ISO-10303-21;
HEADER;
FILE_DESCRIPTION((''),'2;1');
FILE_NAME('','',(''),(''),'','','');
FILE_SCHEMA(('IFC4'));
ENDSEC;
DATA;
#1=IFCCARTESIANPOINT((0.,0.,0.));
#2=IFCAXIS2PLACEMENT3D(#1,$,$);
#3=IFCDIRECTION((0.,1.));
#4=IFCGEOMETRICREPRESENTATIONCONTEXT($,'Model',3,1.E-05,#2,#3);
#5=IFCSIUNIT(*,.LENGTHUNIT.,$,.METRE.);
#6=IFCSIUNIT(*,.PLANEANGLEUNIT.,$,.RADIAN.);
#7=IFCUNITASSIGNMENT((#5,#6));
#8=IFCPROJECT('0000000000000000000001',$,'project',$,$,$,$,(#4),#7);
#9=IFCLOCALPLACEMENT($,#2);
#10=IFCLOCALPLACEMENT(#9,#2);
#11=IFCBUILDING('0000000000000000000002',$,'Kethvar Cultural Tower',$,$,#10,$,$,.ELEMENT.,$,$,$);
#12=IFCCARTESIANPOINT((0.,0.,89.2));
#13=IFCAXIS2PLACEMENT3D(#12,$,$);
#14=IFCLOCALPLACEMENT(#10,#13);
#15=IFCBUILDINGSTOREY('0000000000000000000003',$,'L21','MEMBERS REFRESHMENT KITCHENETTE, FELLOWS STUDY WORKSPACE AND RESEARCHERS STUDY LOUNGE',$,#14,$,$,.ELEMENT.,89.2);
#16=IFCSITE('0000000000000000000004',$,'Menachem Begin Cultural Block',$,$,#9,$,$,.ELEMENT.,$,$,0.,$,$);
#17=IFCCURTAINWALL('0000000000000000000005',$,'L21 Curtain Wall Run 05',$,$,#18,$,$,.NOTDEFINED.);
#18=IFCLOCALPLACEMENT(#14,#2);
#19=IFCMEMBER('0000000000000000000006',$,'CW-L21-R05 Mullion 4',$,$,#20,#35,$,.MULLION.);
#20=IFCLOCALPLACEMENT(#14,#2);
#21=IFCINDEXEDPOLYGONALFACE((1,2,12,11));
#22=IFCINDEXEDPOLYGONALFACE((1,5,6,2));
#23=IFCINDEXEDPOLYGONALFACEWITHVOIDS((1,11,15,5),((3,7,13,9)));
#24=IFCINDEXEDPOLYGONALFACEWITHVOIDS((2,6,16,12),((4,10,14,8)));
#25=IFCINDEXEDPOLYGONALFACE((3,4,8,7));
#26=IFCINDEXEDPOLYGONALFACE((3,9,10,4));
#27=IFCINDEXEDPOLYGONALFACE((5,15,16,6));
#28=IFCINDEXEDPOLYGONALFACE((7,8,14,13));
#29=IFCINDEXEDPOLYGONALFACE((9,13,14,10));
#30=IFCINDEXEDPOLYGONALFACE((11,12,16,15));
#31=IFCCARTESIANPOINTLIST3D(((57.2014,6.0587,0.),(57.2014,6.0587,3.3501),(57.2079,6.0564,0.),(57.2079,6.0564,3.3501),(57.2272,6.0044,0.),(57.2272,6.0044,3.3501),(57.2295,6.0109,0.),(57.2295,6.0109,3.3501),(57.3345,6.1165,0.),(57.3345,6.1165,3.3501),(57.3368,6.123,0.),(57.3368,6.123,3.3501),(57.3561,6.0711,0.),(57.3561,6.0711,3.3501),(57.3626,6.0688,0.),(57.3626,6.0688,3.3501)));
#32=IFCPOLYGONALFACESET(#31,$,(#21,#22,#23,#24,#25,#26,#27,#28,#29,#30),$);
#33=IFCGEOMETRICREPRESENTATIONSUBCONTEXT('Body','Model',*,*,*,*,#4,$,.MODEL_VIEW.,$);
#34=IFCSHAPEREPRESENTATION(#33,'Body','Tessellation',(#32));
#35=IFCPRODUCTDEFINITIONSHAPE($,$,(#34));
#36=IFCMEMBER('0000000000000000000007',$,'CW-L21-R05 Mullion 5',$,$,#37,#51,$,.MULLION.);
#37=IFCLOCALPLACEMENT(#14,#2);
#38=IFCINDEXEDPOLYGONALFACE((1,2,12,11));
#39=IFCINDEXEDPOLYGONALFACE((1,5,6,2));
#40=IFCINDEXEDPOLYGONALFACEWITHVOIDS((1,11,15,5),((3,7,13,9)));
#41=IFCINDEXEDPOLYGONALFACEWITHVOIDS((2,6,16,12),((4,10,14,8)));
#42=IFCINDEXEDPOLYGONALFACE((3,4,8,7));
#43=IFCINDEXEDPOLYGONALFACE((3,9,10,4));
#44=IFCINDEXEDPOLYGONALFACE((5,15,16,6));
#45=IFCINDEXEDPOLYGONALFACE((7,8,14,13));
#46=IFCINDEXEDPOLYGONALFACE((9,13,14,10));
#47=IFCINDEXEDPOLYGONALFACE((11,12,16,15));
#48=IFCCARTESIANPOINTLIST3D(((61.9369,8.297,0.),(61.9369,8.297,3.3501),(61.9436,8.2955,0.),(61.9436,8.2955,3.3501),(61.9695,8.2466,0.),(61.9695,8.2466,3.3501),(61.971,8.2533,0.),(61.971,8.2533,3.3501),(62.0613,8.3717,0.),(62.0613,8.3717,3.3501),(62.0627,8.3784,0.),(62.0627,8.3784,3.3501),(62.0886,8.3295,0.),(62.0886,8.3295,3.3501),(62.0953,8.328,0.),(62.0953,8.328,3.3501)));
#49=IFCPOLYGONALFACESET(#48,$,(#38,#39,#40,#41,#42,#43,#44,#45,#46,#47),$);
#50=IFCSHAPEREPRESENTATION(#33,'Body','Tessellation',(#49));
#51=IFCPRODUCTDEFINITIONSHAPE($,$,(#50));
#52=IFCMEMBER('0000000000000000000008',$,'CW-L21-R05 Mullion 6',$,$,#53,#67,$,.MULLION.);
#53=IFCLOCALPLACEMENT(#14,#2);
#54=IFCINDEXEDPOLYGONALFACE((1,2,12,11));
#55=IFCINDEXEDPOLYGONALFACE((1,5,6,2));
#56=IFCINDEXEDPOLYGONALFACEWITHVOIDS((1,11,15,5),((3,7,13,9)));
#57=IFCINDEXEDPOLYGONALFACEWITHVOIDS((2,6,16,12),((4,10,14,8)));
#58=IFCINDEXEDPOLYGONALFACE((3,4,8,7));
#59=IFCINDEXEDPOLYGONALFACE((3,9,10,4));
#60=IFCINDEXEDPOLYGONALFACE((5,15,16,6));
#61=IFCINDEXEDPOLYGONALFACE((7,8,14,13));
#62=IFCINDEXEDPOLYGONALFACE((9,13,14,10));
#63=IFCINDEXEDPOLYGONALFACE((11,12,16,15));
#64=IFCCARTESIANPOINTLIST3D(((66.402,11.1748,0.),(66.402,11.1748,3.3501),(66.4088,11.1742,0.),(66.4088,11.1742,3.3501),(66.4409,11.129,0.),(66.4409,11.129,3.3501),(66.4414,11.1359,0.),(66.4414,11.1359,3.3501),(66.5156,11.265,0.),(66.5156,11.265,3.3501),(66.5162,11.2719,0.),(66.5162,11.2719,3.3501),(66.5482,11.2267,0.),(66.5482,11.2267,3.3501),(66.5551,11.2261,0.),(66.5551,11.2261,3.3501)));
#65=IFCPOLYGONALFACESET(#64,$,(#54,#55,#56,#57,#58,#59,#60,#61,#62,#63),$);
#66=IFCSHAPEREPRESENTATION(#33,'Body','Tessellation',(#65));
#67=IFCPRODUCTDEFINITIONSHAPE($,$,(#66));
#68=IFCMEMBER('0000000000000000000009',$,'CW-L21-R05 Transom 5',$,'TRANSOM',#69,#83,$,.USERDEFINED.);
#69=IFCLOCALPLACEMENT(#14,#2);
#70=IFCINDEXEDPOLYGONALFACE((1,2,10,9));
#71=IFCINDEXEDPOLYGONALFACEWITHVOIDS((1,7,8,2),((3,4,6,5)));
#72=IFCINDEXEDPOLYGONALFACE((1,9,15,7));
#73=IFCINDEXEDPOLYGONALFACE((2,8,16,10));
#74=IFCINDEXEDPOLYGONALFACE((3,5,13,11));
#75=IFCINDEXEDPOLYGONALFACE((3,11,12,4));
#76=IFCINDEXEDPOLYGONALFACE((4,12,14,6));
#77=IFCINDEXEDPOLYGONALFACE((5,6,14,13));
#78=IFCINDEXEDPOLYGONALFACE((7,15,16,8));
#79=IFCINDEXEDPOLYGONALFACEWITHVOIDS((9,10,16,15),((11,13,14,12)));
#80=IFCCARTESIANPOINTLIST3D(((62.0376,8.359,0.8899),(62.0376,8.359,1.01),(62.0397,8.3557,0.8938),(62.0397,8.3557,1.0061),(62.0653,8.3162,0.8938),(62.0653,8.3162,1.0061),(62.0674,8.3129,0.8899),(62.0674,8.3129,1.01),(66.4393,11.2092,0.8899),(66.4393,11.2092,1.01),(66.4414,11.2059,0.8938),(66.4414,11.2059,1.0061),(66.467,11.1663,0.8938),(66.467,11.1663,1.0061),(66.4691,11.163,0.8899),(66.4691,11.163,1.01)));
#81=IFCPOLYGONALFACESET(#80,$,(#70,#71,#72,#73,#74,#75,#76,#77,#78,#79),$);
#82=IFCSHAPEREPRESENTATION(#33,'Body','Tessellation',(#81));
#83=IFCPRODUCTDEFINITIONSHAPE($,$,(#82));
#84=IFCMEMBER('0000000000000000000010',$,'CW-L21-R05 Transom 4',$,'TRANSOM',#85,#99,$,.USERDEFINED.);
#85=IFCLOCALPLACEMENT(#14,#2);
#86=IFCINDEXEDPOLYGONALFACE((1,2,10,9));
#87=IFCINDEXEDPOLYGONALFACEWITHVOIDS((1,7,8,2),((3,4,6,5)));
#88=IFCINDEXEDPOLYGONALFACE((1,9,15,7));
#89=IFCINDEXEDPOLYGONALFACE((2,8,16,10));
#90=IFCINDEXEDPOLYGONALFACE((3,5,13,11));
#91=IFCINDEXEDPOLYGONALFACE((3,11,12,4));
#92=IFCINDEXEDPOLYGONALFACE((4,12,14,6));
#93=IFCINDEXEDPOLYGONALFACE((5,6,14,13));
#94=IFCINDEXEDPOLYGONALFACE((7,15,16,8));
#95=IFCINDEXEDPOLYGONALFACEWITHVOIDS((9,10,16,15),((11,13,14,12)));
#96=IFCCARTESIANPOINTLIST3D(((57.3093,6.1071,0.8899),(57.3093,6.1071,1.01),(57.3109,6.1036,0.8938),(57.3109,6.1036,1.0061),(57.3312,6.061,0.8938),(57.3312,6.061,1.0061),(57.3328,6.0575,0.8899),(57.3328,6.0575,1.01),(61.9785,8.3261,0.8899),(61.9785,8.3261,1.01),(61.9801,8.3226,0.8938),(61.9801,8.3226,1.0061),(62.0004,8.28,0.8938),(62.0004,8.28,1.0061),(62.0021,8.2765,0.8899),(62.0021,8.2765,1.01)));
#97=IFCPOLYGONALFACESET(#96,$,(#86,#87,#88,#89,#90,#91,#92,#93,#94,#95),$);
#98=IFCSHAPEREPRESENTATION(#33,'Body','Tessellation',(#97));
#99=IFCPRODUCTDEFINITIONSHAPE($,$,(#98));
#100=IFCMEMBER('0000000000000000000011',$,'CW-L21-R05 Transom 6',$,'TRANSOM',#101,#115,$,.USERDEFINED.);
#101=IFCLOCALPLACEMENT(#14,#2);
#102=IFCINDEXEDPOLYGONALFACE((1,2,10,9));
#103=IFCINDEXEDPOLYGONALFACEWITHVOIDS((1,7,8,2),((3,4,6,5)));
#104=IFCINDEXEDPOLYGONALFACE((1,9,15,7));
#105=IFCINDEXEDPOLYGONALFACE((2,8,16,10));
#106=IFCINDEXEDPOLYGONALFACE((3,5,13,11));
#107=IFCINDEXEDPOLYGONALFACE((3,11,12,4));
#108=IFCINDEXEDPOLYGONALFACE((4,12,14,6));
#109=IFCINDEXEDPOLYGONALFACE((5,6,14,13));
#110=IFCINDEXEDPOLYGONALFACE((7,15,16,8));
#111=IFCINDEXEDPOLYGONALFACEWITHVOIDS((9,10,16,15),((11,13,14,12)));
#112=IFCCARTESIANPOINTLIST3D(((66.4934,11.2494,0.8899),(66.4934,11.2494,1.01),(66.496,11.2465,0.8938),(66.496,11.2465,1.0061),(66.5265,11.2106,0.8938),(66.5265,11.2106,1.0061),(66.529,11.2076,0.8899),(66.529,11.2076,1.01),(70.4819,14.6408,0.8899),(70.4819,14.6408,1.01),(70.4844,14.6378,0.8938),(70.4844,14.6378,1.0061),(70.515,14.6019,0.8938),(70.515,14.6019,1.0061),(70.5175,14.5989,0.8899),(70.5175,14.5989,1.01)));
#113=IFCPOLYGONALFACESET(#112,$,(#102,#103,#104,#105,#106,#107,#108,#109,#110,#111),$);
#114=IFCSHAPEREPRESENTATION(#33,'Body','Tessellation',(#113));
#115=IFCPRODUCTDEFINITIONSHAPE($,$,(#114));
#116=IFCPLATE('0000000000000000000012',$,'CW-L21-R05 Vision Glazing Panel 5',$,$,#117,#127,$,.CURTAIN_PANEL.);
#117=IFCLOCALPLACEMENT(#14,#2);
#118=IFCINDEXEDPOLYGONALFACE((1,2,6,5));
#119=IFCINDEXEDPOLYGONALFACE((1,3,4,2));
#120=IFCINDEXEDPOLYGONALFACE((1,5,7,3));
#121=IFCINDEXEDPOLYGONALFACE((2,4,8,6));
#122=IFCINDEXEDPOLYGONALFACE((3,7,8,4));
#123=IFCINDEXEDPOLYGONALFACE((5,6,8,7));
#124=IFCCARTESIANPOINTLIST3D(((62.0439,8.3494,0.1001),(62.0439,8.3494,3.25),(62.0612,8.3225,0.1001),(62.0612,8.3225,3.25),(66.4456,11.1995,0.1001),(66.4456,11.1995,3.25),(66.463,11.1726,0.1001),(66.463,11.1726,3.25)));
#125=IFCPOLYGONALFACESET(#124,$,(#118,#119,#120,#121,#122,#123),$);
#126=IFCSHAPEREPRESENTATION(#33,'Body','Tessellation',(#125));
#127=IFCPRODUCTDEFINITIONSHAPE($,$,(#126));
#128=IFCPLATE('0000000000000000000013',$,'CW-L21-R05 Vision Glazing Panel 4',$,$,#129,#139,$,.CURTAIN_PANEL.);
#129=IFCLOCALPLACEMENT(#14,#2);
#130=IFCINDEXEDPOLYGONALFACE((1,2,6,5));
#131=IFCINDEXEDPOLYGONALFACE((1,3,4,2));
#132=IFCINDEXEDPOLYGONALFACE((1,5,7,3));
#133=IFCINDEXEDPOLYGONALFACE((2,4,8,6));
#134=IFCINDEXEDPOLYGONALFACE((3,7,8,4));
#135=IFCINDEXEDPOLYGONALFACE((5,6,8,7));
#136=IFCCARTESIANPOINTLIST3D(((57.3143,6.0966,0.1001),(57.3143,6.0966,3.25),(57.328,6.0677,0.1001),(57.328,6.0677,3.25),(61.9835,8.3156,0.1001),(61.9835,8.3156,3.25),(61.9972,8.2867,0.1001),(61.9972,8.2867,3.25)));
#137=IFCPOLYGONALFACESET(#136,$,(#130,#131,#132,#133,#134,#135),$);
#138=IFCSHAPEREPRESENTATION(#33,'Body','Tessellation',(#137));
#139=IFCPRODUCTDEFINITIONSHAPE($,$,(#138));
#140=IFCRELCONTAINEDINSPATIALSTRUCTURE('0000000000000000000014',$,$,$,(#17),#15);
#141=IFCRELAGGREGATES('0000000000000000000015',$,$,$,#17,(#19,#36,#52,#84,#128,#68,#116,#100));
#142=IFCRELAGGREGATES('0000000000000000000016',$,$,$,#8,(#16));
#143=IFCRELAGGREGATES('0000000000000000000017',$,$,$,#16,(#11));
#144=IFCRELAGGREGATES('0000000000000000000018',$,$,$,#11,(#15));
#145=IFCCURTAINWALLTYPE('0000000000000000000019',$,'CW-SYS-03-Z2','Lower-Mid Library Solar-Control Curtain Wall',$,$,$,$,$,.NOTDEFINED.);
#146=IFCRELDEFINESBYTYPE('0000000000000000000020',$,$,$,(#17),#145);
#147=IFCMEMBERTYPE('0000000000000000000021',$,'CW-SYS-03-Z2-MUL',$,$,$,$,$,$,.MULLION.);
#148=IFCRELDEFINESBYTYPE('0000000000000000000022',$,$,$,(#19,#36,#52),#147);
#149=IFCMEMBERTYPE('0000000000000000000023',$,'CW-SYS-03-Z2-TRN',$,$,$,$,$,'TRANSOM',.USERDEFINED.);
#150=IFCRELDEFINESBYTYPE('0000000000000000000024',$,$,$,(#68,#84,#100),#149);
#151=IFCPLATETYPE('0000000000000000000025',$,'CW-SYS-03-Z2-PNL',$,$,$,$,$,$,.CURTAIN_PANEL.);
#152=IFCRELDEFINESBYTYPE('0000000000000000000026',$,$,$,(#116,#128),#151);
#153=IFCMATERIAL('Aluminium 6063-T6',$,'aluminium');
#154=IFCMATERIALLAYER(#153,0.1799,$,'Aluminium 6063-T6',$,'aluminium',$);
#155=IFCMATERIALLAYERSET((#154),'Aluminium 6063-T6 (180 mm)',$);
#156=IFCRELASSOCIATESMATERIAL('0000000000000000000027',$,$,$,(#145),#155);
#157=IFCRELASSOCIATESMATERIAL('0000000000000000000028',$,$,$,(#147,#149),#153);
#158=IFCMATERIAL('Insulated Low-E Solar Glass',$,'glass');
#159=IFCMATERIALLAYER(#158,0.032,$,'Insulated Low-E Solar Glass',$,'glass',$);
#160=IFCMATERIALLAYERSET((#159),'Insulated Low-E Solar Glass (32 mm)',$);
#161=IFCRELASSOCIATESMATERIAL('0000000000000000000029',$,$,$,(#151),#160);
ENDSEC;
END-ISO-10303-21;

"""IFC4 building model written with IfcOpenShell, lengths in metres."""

from ifc_helpers import new_model, si_unit, direction, frame, origin, origin_2d, place, context, subcontext, project, spatial, rectangle, hollow_rectangle, extrude, source, transform, mapped, material, layer, layer_set, material_profile, profile_set, type_object, element, aggregate, save


model = new_model("IFC4")

# Units and contexts
model_context = context("Model", 3, precision=1e-05, world=origin(), true_north=direction((0.0, 1.0)))
body_context = subcontext(model_context, "Body", "Model", "MODEL_VIEW")
ifc_project = project(units=[si_unit("LENGTHUNIT", "METRE"), si_unit("PLANEANGLEUNIT", "RADIAN")], contexts=[model_context])

# Site, building, storey
site_placement = place(None, origin())
site = spatial("IfcSite", under=ifc_project, at=site_placement, Name="Menachem Begin Cultural Block", CompositionType="ELEMENT", RefElevation=0.0)
building_placement = place(site_placement, origin())
building = spatial("IfcBuilding", under=site, at=building_placement, Name="Kethvar Cultural Tower", CompositionType="ELEMENT")
storey_placement = place(building_placement, frame((0.0, 0.0, 89.2)))
storey = spatial("IfcBuildingStorey", under=building, at=storey_placement, Name="L21", Description="MEMBERS REFRESHMENT KITCHENETTE, FELLOWS STUDY WORKSPACE AND RESEARCHERS STUDY LOUNGE", CompositionType="ELEMENT", Elevation=89.2)

# Curtain wall, members, plates
ifc_material_1 = material(Name="Aluminium 6063-T6", Category="aluminium")
ifc_layer_1 = layer(ifc_material_1, 0.1799, Name="Aluminium 6063-T6", Category="aluminium")
ifc_layer_set_1 = layer_set([ifc_layer_1], Name="Aluminium 6063-T6 (180 mm)")
curtain_wall_type = type_object("IfcCurtainWallType", Name="CW-SYS-03-Z2", Description="Lower-Mid Library Solar-Control Curtain Wall", PredefinedType="NOTDEFINED", material=ifc_layer_set_1)
curtain_wall_placement = place(storey_placement, origin())
curtain_wall = element("IfcCurtainWall", 1, at=curtain_wall_placement, inside=storey, type_object=curtain_wall_type, Name="L21 Curtain Wall Run 05", PredefinedType="NOTDEFINED")
ifc_material_profile_1 = material_profile(ifc_material_1, hollow_rectangle(XDim=0.0601, YDim=0.1499, WallThickness=0.0049, at=origin_2d()), Name="Aluminium 6063-T6 — RHS150x60x5")
ifc_profile_set_1 = profile_set([ifc_material_profile_1], Name="Aluminium 6063-T6 — RHS150x60x5")
member_type_1 = type_object("IfcMemberType", Name="CW-SYS-03-Z2-MUL", PredefinedType="MULLION", material=ifc_profile_set_1)
shared_shape_1 = source(origin(), body_context, "Body", "SweptSolid", [
    extrude(hollow_rectangle(XDim=0.0601, YDim=0.1499, WallThickness=0.0049, at=origin_2d()), origin(), (0.0, 0.0, 1.0), 3.3501),
])
member_1_placement = place(storey_placement, frame((57.282, 6.0637, 0.0), z_axis=(0.0, 0.0, 1.0), x_axis=(-0.429235, 0.903193, 0.0)))
member_1 = element("IfcMember", 2, at=member_1_placement, type_object=member_type_1, Name="CW-L21-R05 Mullion 4", PredefinedType="MULLION", context=body_context, shape_type="MappedRepresentation", body=[
    mapped(shared_shape_1, transform((0.0, 0.0, 0.0), scale=1.0)),
])
member_2_placement = place(storey_placement, frame((62.0161, 8.3125, 0.0), z_axis=(0.0, 0.0, 1.0), x_axis=(-0.543511, 0.839402, 0.0)))
member_2 = element("IfcMember", 3, at=member_2_placement, type_object=member_type_1, Name="CW-L21-R05 Mullion 5", PredefinedType="MULLION", context=body_context, shape_type="MappedRepresentation", body=[
    mapped(shared_shape_1, transform((0.0, 0.0, 0.0), scale=1.0)),
])
member_3_placement = place(storey_placement, frame((66.4785, 11.2004, 0.0), z_axis=(0.0, 0.0, 1.0), x_axis=(-0.647774, 0.761832, 0.0)))
member_3 = element("IfcMember", 4, at=member_3_placement, type_object=member_type_1, Name="CW-L21-R05 Mullion 6", PredefinedType="MULLION", context=body_context, shape_type="MappedRepresentation", body=[
    mapped(shared_shape_1, transform((0.0, 0.0, 0.0), scale=1.0)),
])
ifc_material_profile_2 = material_profile(ifc_material_1, hollow_rectangle(XDim=0.0549, YDim=0.1201, WallThickness=0.0039, at=origin_2d()), Name="Aluminium 6063-T6 — RHS120x55x4")
ifc_profile_set_2 = profile_set([ifc_material_profile_2], Name="Aluminium 6063-T6 — RHS120x55x4")
member_type_2 = type_object("IfcMemberType", Name="CW-SYS-03-Z2-TRN", ElementType="TRANSOM", PredefinedType="USERDEFINED", material=ifc_profile_set_2)
shared_shape_2 = source(origin(), body_context, "Body", "SweptSolid", [
    extrude(hollow_rectangle(XDim=0.0549, YDim=0.1201, WallThickness=0.0039, at=origin_2d()), origin(), (0.0, 0.0, 1.0), 5.2439),
])
member_4_placement = place(storey_placement, frame((62.0525, 8.3359, 0.95), z_axis=(0.839396, 0.54352, 0.0), x_axis=(-0.54352, 0.839396, 0.0)))
member_4 = element("IfcMember", 5, at=member_4_placement, type_object=member_type_2, Name="CW-L21-R05 Transom 5", ObjectType="TRANSOM", PredefinedType="USERDEFINED", context=body_context, shape_type="MappedRepresentation", body=[
    mapped(shared_shape_2, transform((0.0, 0.0, 0.0), scale=1.0)),
])
shared_shape_3 = source(origin(), body_context, "Body", "SweptSolid", [
    extrude(hollow_rectangle(XDim=0.0549, YDim=0.1201, WallThickness=0.0039, at=origin_2d()), origin(), (0.0, 0.0, 1.0), 5.1697),
])
member_5_placement = place(storey_placement, frame((57.321, 6.0823, 0.95), z_axis=(0.903193, 0.429235, 0.0), x_axis=(-0.429235, 0.903193, 0.0)))
member_5 = element("IfcMember", 6, at=member_5_placement, type_object=member_type_2, Name="CW-L21-R05 Transom 4", ObjectType="TRANSOM", PredefinedType="USERDEFINED", context=body_context, shape_type="MappedRepresentation", body=[
    mapped(shared_shape_3, transform((0.0, 0.0, 0.0), scale=1.0)),
])
shared_shape_4 = source(origin(), body_context, "Body", "SweptSolid", [
    extrude(hollow_rectangle(XDim=0.0549, YDim=0.1201, WallThickness=0.0039, at=origin_2d()), origin(), (0.0, 0.0, 1.0), 5.2354),
])
member_6_placement = place(storey_placement, frame((66.5112, 11.2285, 0.95), z_axis=(0.761835, 0.647772, 0.0), x_axis=(-0.647772, 0.761835, 0.0)))
member_6 = element("IfcMember", 7, at=member_6_placement, type_object=member_type_2, Name="CW-L21-R05 Transom 6", ObjectType="TRANSOM", PredefinedType="USERDEFINED", context=body_context, shape_type="MappedRepresentation", body=[
    mapped(shared_shape_4, transform((0.0, 0.0, 0.0), scale=1.0)),
])
ifc_material_2 = material(Name="Insulated Low-E Solar Glass", Category="glass")
ifc_layer_2 = layer(ifc_material_2, 0.032, Name="Insulated Low-E Solar Glass", Category="glass")
ifc_layer_set_2 = layer_set([ifc_layer_2], Name="Insulated Low-E Solar Glass (32 mm)")
plate_type = type_object("IfcPlateType", Name="CW-SYS-03-Z2-PNL", PredefinedType="CURTAIN_PANEL", material=ifc_layer_set_2)
shared_shape_5 = source(origin(), body_context, "Body", "SweptSolid", [
    extrude(rectangle(XDim=5.2439, YDim=0.032, at=origin_2d()), origin(), (0.0, 0.0, 1.0), 3.1499),
])
plate_1_placement = place(storey_placement, frame((64.2534, 9.761, 0.1001), z_axis=(0.0, 0.0, 1.0), x_axis=(0.839402, 0.543511, 0.0)))
plate_1 = element("IfcPlate", 8, at=plate_1_placement, type_object=plate_type, Name="CW-L21-R05 Vision Glazing Panel 5", PredefinedType="CURTAIN_PANEL", context=body_context, shape_type="MappedRepresentation", body=[
    mapped(shared_shape_5, transform((0.0, 0.0, 0.0), scale=1.0)),
])
shared_shape_6 = source(origin(), body_context, "Body", "SweptSolid", [
    extrude(rectangle(XDim=5.1697, YDim=0.032, at=origin_2d()), origin(), (0.0, 0.0, 1.0), 3.1499),
])
plate_2_placement = place(storey_placement, frame((59.6558, 7.1917, 0.1001), z_axis=(0.0, 0.0, 1.0), x_axis=(0.903193, 0.429235, 0.0)))
plate_2 = element("IfcPlate", 9, at=plate_2_placement, type_object=plate_type, Name="CW-L21-R05 Vision Glazing Panel 4", PredefinedType="CURTAIN_PANEL", context=body_context, shape_type="MappedRepresentation", body=[
    mapped(shared_shape_6, transform((0.0, 0.0, 0.0), scale=1.0)),
])
aggregate(curtain_wall, [member_1, member_2, member_3, member_5, plate_2, member_4, plate_1, member_6])

save(model, "model.ifc")
